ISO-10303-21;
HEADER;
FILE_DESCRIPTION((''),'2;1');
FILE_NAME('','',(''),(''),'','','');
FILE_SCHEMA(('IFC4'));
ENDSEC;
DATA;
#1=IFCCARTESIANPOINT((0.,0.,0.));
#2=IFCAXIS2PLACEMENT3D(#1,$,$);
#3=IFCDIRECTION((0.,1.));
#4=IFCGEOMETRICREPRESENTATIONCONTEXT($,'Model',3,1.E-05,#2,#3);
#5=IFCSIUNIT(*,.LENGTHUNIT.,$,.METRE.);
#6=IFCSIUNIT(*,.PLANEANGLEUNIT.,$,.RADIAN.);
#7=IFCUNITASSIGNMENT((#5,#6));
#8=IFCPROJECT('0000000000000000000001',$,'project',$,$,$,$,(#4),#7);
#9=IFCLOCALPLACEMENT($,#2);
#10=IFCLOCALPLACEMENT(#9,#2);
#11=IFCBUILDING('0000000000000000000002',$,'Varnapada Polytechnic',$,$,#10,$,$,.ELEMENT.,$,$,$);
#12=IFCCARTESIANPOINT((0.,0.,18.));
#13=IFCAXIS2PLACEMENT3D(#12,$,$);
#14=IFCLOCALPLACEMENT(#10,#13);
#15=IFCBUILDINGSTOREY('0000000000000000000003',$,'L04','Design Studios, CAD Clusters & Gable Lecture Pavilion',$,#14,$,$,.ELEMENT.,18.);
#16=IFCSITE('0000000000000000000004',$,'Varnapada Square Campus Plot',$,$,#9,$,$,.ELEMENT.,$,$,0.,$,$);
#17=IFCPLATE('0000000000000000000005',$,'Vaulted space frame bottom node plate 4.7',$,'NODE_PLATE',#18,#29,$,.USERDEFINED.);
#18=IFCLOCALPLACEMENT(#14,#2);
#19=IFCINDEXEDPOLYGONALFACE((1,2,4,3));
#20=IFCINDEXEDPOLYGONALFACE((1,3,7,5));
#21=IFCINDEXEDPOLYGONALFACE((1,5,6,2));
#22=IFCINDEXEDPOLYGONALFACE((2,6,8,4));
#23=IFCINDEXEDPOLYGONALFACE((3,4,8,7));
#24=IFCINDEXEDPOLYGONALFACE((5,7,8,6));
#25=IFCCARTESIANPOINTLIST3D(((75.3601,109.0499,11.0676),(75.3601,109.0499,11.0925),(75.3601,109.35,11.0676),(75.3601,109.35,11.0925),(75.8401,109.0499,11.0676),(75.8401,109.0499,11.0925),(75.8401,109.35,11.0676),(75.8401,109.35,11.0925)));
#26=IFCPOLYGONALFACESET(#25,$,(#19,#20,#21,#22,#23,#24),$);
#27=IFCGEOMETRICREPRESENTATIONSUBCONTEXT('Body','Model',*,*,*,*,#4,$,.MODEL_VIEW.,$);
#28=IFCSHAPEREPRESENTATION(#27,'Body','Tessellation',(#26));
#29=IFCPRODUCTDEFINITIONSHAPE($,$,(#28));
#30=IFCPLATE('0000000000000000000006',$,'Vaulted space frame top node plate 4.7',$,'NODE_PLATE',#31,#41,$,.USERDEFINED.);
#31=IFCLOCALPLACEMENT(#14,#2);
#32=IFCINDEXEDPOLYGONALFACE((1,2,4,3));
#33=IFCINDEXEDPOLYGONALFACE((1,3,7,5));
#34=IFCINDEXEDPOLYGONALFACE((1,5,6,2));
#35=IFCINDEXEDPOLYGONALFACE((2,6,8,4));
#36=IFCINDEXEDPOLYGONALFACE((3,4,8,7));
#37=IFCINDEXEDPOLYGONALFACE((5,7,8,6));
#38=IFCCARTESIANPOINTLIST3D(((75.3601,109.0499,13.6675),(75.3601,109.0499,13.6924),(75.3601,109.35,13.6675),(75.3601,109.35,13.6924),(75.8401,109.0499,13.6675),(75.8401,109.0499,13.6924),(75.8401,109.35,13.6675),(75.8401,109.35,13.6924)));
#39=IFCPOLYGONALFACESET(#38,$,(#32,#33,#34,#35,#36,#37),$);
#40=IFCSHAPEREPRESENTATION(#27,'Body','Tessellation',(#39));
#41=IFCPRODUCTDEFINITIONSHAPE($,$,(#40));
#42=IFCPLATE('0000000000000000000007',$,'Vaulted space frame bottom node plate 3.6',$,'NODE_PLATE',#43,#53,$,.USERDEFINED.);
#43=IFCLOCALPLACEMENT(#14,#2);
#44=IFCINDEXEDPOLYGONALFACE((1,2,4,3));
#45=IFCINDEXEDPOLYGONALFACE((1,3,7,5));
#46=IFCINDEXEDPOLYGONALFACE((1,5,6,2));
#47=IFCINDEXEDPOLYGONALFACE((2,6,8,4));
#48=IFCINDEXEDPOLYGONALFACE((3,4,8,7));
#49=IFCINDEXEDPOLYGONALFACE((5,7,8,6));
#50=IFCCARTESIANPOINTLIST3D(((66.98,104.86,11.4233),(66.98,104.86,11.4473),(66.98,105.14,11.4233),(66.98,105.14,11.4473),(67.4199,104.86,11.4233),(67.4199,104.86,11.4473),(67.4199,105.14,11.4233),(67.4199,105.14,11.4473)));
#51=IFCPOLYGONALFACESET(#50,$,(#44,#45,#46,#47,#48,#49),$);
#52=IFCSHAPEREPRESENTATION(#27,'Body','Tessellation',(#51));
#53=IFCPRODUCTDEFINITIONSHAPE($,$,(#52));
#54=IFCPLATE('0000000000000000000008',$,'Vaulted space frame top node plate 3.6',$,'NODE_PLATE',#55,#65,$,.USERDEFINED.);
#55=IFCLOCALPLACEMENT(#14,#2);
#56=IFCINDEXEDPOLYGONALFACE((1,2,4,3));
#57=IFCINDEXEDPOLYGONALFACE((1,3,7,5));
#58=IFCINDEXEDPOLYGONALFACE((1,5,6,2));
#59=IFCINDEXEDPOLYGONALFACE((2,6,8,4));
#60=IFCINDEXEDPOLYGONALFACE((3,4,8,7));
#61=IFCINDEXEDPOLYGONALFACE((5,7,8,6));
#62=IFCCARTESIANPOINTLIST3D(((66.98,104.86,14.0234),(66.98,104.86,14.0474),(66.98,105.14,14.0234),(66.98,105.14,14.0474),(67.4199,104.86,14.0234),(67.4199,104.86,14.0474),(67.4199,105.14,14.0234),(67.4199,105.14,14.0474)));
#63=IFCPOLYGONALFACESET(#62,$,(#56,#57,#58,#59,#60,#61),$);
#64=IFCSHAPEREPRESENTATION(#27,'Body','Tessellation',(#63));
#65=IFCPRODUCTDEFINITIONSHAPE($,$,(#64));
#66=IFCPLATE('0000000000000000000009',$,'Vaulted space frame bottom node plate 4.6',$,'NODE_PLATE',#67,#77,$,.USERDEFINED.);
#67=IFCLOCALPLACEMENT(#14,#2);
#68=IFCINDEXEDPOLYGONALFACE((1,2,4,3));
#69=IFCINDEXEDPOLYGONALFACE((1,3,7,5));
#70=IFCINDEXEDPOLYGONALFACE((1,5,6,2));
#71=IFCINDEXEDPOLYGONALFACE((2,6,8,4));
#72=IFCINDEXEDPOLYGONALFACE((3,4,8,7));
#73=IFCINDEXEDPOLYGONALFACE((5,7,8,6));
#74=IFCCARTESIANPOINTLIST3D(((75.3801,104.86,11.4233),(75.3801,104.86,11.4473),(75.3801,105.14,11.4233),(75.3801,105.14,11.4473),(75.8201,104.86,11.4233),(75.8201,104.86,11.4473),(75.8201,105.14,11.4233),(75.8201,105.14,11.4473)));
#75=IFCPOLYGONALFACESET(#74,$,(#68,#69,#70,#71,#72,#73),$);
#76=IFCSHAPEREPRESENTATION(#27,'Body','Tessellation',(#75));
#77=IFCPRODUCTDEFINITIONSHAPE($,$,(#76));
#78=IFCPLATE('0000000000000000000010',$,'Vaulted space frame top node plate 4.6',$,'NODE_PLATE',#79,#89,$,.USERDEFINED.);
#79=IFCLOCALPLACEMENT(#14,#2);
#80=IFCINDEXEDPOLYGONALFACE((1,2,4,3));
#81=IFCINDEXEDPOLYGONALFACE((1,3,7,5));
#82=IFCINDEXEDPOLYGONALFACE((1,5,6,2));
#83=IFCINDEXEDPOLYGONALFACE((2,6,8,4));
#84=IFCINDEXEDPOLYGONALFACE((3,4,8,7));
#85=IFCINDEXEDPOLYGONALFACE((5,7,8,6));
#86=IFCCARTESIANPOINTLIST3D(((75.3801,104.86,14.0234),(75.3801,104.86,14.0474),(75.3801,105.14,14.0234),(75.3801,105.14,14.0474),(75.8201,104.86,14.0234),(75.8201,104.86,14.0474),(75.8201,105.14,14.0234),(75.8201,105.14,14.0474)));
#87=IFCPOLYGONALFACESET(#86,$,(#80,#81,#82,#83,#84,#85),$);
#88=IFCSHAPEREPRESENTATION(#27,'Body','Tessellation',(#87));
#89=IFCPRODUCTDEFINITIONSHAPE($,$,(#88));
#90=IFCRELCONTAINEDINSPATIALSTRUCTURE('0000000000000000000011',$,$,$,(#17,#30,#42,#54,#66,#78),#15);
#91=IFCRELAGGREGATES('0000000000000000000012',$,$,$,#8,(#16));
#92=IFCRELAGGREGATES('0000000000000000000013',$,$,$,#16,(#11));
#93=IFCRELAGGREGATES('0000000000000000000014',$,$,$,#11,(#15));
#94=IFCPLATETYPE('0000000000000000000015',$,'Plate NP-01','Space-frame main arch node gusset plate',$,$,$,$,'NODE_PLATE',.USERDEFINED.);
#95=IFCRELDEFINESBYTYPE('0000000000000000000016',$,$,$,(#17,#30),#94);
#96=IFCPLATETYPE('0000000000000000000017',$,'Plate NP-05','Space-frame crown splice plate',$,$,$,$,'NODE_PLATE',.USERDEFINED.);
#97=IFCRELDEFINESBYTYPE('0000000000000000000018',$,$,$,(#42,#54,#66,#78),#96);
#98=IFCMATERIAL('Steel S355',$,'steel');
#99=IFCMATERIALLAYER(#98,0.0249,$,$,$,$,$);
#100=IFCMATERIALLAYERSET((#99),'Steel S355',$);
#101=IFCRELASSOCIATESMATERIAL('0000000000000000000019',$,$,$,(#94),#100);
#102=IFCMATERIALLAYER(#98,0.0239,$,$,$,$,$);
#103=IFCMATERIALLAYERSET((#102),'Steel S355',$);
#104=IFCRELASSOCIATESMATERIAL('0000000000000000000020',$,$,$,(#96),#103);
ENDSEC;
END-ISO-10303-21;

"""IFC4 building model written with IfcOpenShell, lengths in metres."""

from ifc_helpers import new_model, si_unit, direction, frame, origin, origin_2d, place, context, subcontext, project, spatial, rectangle, extrude, material, layer, layer_set, type_object, element, save


model = new_model("IFC4")

# Units and contexts
model_context = context("Model", 3, precision=1e-05, world=origin(), true_north=direction((0.0, 1.0)))
body_context = subcontext(model_context, "Body", "Model", "MODEL_VIEW")
ifc_project = project(units=[si_unit("LENGTHUNIT", "METRE"), si_unit("PLANEANGLEUNIT", "RADIAN")], contexts=[model_context])

# Site, building, storey
site_placement = place(None, origin())
site = spatial("IfcSite", under=ifc_project, at=site_placement, Name="Varnapada Square Campus Plot", CompositionType="ELEMENT", RefElevation=0.0)
building_placement = place(site_placement, origin())
building = spatial("IfcBuilding", under=site, at=building_placement, Name="Varnapada Polytechnic", CompositionType="ELEMENT")
storey_placement = place(building_placement, frame((0.0, 0.0, 18.0)))
storey = spatial("IfcBuildingStorey", under=building, at=storey_placement, Name="L04", Description="Design Studios, CAD Clusters & Gable Lecture Pavilion", CompositionType="ELEMENT", Elevation=18.0)

# Shared definitions
ifc_material = material(Name="Steel S355", Category="steel")

# Plates
ifc_layer_1 = layer(ifc_material, 0.0249)
ifc_layer_set_1 = layer_set([ifc_layer_1], Name="Steel S355")
plate_type_1 = type_object("IfcPlateType", Name="Plate NP-01", Description="Space-frame main arch node gusset plate", ElementType="NODE_PLATE", PredefinedType="USERDEFINED", material=ifc_layer_set_1)
for number, where, z_axis, x_axis, name in (
    (1, (75.6001, 109.2, 11.0676), (0.0, 0.0, 1.0), (1.0, 0.0, 0.0), "Vaulted space frame bottom node plate 4.7"),
    (2, (75.6001, 109.2, 13.6675), (0.0, 0.0, 1.0), (1.0, 0.0, 0.0), "Vaulted space frame top node plate 4.7"),
):
    element("IfcPlate", number, at=place(storey_placement, frame(where, z_axis=z_axis, x_axis=x_axis)), inside=storey, type_object=plate_type_1, Name=name, ObjectType="NODE_PLATE", PredefinedType="USERDEFINED", context=body_context, shape_type="SweptSolid", body=[
        extrude(rectangle(XDim=0.48, YDim=0.3, at=origin_2d()), origin(), (0.0, 0.0, 1.0), 0.0249),
    ])
ifc_layer_2 = layer(ifc_material, 0.0239)
ifc_layer_set_2 = layer_set([ifc_layer_2], Name="Steel S355")
plate_type_2 = type_object("IfcPlateType", Name="Plate NP-05", Description="Space-frame crown splice plate", ElementType="NODE_PLATE", PredefinedType="USERDEFINED", material=ifc_layer_set_2)
for number, where, z_axis, x_axis, name in (
    (3, (67.2, 105.0, 11.4233), (0.0, 0.0, 1.0), (1.0, 0.0, 0.0), "Vaulted space frame bottom node plate 3.6"),
    (4, (67.2, 105.0, 14.0234), (0.0, 0.0, 1.0), (1.0, 0.0, 0.0), "Vaulted space frame top node plate 3.6"),
    (5, (75.6001, 105.0, 11.4233), (0.0, 0.0, 1.0), (1.0, 0.0, 0.0), "Vaulted space frame bottom node plate 4.6"),
    (6, (75.6001, 105.0, 14.0234), (0.0, 0.0, 1.0), (1.0, 0.0, 0.0), "Vaulted space frame top node plate 4.6"),
):
    element("IfcPlate", number, at=place(storey_placement, frame(where, z_axis=z_axis, x_axis=x_axis)), inside=storey, type_object=plate_type_2, Name=name, ObjectType="NODE_PLATE", PredefinedType="USERDEFINED", context=body_context, shape_type="SweptSolid", body=[
        extrude(rectangle(XDim=0.4399, YDim=0.28, at=origin_2d()), origin(), (0.0, 0.0, 1.0), 0.0239),
    ])

save(model, "model.ifc")
